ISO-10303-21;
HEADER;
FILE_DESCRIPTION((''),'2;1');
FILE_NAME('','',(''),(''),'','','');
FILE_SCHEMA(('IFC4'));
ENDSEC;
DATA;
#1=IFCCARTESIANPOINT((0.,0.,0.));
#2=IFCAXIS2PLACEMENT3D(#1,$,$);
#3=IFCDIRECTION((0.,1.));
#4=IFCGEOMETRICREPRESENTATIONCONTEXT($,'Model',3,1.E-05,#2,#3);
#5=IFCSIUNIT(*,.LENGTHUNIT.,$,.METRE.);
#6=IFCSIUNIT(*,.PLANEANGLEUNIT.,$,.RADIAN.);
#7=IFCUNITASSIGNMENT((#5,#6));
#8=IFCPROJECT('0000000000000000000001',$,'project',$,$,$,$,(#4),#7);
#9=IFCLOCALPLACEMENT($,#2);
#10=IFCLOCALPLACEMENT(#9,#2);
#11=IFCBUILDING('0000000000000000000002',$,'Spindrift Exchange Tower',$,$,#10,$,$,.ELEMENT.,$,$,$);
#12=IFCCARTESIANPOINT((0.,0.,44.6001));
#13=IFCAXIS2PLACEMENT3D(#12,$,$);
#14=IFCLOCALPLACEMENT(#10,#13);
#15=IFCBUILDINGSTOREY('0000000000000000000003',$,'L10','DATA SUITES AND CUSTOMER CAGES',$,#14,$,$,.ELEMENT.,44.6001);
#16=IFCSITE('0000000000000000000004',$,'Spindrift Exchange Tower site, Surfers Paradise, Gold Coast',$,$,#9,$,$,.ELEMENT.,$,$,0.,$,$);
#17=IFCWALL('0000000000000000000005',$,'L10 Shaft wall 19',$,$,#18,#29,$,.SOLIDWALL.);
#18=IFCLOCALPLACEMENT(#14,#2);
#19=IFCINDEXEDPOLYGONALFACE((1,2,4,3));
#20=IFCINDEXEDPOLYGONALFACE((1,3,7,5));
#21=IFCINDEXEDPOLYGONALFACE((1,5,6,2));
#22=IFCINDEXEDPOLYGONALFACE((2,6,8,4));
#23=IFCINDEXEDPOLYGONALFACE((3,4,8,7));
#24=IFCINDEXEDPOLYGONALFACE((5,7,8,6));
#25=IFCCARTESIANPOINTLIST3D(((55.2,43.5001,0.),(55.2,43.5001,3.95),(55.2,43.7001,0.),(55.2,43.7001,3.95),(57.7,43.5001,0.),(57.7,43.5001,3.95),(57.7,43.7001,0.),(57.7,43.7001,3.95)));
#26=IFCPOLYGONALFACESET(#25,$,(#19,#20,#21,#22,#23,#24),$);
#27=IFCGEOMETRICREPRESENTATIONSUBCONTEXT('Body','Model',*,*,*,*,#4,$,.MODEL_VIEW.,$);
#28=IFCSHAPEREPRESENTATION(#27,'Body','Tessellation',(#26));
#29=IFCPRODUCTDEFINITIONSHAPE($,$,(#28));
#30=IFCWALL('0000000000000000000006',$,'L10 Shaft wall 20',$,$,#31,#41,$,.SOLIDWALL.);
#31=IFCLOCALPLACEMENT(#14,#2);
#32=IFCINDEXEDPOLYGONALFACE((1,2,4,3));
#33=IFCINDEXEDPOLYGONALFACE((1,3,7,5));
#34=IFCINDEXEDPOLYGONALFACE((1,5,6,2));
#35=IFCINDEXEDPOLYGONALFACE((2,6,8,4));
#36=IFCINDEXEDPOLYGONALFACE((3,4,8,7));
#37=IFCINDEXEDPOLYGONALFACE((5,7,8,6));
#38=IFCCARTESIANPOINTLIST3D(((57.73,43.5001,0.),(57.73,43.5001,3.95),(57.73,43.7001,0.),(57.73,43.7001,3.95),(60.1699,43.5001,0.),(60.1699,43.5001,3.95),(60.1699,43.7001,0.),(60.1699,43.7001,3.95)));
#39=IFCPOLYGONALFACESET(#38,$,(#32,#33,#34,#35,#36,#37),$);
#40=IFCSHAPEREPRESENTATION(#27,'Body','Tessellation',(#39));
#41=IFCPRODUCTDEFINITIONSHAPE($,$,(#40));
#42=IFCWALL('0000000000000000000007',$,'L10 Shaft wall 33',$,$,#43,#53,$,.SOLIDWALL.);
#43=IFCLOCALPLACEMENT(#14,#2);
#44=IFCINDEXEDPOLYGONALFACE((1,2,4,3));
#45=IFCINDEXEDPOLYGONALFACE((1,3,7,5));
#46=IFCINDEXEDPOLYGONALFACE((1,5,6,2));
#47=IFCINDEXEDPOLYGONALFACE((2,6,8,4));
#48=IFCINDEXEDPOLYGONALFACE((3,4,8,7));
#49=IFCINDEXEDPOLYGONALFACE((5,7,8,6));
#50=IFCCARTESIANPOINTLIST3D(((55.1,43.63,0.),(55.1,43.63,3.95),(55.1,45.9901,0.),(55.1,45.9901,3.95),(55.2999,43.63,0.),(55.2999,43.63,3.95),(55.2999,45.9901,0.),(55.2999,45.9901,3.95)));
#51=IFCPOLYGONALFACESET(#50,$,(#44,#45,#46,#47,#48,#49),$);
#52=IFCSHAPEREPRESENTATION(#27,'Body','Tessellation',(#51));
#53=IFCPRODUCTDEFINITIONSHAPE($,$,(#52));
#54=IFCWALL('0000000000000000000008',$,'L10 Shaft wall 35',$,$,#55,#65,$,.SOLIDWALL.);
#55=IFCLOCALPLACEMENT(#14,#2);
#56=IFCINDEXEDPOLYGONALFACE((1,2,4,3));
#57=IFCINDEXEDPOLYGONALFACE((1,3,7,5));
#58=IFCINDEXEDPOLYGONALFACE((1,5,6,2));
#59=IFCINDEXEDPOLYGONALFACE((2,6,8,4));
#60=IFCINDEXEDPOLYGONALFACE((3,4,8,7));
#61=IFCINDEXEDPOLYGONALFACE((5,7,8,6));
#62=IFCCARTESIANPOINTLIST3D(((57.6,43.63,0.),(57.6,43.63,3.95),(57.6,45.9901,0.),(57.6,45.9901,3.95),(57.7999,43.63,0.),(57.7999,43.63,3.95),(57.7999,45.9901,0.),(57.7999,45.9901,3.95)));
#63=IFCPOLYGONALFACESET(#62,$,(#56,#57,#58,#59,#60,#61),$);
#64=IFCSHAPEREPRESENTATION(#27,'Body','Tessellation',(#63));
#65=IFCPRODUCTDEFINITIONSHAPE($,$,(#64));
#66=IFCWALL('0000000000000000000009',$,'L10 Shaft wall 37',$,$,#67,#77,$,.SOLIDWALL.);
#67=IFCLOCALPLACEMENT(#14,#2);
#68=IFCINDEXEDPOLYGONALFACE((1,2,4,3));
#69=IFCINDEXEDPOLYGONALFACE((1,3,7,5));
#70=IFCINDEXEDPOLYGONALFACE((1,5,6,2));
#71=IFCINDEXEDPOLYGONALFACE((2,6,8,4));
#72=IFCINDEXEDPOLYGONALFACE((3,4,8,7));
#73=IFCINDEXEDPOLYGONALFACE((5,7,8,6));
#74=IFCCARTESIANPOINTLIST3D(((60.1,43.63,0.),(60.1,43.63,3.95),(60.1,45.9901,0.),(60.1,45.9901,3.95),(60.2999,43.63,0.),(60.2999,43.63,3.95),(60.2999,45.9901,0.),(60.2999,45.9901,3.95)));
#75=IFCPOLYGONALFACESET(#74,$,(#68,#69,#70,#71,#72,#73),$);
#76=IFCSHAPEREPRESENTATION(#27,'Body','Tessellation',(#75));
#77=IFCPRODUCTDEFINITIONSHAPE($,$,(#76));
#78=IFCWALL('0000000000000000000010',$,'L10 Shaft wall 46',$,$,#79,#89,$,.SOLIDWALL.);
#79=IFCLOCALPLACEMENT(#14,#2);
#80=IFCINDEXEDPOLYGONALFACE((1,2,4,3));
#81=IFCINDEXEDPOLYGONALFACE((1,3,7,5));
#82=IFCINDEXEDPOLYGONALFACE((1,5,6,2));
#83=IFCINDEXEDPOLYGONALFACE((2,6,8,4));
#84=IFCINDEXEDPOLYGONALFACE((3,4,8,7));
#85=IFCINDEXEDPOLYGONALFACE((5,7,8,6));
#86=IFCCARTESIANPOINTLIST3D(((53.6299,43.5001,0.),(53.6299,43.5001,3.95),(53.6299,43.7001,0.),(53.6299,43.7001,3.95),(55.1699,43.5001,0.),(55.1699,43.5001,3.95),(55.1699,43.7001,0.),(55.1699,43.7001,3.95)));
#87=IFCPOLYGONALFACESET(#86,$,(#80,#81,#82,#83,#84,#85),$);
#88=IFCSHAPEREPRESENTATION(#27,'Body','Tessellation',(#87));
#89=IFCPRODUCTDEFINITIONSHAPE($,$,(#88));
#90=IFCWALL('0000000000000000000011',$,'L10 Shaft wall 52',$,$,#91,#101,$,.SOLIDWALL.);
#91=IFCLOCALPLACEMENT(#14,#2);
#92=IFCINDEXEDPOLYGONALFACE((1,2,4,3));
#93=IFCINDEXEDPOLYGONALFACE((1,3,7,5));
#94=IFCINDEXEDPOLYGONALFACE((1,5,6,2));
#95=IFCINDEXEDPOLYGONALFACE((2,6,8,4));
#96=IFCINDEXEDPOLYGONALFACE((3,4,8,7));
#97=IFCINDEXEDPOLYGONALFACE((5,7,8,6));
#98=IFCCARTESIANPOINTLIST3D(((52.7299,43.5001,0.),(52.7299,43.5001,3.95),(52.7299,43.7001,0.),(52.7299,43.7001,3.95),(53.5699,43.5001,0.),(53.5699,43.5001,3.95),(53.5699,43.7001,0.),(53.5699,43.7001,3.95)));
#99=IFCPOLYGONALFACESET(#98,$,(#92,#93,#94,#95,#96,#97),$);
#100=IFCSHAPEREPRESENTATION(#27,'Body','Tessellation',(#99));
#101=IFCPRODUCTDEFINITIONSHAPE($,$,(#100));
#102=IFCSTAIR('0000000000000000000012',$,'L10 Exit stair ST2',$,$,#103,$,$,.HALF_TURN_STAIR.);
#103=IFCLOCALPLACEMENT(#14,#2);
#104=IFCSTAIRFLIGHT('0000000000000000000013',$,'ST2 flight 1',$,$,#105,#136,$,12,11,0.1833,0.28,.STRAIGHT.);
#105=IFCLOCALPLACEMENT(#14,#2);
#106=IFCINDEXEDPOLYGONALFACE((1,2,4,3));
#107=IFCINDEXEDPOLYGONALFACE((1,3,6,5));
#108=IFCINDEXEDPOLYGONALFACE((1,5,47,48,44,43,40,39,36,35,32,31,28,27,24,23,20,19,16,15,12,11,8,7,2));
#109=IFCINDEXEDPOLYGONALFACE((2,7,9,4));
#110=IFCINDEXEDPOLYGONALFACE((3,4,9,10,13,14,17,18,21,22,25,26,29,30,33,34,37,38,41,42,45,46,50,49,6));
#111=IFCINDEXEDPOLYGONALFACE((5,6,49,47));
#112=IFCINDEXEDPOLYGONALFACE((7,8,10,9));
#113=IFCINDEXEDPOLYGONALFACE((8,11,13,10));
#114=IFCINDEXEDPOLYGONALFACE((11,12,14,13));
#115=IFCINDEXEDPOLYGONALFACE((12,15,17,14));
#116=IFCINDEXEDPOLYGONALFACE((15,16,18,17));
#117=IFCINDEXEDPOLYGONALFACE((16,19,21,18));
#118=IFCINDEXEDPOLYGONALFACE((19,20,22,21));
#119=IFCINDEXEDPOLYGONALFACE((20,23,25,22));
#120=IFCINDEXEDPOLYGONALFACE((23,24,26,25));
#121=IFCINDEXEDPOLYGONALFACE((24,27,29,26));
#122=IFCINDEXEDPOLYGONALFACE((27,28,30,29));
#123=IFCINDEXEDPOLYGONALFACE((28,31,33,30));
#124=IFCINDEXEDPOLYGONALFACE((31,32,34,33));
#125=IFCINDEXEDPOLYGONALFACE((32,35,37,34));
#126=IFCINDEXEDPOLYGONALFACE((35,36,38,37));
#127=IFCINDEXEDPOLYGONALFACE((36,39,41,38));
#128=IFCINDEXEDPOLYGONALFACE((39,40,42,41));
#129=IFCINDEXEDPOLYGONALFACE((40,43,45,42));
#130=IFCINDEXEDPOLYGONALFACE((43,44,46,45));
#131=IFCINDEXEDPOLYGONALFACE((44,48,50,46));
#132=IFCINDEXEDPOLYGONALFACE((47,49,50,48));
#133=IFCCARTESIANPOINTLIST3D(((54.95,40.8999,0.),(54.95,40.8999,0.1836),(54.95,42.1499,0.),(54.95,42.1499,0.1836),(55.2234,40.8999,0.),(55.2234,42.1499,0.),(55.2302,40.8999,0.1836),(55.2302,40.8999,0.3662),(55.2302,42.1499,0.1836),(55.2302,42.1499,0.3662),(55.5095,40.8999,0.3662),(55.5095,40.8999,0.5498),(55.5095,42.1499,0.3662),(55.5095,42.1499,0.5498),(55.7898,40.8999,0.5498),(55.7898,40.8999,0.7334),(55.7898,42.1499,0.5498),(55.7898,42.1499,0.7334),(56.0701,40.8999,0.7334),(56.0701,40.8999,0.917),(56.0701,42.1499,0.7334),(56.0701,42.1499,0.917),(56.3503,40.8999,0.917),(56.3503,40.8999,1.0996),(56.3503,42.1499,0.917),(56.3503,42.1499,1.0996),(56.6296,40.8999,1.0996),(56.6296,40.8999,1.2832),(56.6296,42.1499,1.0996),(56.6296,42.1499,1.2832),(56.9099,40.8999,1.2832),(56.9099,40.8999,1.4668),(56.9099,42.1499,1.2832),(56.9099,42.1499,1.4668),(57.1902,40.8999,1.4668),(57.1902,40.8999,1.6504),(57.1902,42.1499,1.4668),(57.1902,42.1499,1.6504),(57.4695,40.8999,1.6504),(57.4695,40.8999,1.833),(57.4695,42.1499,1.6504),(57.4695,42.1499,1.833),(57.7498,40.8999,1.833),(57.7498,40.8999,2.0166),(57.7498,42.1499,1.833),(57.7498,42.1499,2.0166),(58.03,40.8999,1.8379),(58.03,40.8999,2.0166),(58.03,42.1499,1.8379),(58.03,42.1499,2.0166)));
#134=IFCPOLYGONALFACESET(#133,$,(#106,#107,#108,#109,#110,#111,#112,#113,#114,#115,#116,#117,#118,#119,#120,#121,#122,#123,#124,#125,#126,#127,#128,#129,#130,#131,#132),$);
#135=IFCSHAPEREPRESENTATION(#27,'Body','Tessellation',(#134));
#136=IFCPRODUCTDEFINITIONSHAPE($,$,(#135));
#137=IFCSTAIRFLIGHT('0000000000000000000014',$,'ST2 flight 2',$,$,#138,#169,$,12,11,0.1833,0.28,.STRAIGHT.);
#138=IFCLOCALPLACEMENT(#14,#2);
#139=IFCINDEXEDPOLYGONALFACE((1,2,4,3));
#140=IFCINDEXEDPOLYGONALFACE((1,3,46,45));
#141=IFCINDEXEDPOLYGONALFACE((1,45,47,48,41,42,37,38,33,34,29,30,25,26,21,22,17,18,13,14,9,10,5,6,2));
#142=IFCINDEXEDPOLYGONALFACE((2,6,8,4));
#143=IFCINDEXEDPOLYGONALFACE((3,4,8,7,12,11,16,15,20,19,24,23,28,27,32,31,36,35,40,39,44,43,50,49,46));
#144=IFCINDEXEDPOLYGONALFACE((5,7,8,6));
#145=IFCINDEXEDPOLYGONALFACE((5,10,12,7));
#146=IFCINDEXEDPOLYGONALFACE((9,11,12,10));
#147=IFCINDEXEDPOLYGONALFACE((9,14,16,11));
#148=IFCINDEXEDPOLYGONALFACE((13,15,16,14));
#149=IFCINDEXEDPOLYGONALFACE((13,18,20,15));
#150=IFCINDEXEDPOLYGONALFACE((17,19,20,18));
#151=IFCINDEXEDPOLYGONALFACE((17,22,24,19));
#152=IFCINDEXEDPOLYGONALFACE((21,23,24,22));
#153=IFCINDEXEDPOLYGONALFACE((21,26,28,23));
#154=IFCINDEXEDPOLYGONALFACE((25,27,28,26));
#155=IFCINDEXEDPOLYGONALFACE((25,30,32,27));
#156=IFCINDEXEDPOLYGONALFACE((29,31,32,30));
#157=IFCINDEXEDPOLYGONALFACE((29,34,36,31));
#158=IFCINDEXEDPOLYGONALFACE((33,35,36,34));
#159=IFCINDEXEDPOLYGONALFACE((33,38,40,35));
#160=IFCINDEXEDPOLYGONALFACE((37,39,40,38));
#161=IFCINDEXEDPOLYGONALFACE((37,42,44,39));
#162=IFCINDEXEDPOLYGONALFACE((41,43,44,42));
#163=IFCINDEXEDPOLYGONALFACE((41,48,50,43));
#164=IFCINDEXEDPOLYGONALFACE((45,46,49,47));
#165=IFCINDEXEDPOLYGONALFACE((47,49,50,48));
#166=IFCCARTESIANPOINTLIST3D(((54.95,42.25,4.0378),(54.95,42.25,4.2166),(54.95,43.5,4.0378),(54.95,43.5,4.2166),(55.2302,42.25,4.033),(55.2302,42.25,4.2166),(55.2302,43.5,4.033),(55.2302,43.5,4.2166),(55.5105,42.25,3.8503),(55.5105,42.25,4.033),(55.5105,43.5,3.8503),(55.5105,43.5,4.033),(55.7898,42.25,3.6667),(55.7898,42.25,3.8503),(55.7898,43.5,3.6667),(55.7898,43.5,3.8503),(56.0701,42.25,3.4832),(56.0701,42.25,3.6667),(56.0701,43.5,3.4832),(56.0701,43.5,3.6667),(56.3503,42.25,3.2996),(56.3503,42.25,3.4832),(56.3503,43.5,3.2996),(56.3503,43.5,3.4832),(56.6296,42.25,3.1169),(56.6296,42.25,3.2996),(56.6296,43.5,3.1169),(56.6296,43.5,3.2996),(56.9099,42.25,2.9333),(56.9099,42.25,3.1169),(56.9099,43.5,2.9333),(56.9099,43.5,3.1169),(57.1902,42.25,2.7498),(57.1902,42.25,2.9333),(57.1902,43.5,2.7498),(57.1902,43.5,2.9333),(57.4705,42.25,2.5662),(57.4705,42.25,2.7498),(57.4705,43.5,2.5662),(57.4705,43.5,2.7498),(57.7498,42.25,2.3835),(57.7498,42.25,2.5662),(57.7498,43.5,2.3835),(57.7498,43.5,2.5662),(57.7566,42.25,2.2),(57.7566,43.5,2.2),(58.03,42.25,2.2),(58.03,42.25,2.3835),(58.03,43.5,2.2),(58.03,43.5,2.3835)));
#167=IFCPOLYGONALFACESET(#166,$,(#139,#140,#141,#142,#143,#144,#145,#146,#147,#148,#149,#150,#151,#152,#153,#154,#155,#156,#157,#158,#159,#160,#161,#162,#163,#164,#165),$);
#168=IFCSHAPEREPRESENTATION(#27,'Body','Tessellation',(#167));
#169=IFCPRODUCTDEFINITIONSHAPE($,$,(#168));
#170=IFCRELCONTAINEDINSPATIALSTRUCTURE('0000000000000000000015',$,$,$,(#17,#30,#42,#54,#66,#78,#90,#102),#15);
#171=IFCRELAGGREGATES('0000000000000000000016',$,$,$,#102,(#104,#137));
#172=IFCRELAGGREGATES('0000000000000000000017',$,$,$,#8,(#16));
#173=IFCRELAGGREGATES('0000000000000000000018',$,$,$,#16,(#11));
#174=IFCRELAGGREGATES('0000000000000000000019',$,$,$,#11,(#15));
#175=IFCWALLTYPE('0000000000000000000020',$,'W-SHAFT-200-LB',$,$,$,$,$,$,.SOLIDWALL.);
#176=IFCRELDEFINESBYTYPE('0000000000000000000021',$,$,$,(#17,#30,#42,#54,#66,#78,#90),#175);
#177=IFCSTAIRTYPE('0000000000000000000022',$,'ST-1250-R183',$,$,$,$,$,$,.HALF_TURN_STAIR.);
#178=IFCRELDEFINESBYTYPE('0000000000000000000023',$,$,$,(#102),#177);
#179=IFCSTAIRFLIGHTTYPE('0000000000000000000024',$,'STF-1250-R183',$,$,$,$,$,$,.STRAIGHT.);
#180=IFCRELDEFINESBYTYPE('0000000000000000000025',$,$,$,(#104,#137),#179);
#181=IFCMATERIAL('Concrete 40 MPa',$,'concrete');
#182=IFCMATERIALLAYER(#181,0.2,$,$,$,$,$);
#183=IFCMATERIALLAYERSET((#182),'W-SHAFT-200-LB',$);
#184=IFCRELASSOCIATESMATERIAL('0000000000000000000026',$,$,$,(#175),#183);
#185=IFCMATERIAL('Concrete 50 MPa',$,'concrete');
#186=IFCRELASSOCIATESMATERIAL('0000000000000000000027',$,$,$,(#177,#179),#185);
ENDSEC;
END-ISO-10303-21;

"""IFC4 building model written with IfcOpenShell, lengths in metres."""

from ifc_helpers import new_model, si_unit, direction, frame, frame_2d, origin, place, context, subcontext, project, spatial, line, indexed_curve, rectangle, outline, extrude, material, layer, layer_set, type_object, element, aggregate, save


model = new_model("IFC4")

# Units and contexts
model_context = context("Model", 3, precision=1e-05, world=origin(), true_north=direction((0.0, 1.0)))
body_context = subcontext(model_context, "Body", "Model", "MODEL_VIEW")
ifc_project = project(units=[si_unit("LENGTHUNIT", "METRE"), si_unit("PLANEANGLEUNIT", "RADIAN")], contexts=[model_context])

# Site, building, storey
site_placement = place(None, origin())
site = spatial("IfcSite", under=ifc_project, at=site_placement, Name="Spindrift Exchange Tower site, Surfers Paradise, Gold Coast", CompositionType="ELEMENT", RefElevation=0.0)
building_placement = place(site_placement, origin())
building = spatial("IfcBuilding", under=site, at=building_placement, Name="Spindrift Exchange Tower", CompositionType="ELEMENT")
storey_placement = place(building_placement, frame((0.0, 0.0, 44.6001)))
storey = spatial("IfcBuildingStorey", under=building, at=storey_placement, Name="L10", Description="DATA SUITES AND CUSTOMER CAGES", CompositionType="ELEMENT", Elevation=44.6001)

# Shared definitions
ifc_material_1 = material(Name="Concrete 40 MPa", Category="concrete")

# Shared definitions
ifc_layer_1 = layer(ifc_material_1, 0.2)
ifc_layer_set_1 = layer_set([ifc_layer_1], Name="W-SHAFT-200-LB")
wall_type_1 = type_object("IfcWallType", Name="W-SHAFT-200-LB", PredefinedType="SOLIDWALL", material=ifc_layer_set_1)

# Walls
wall_1_placement = place(storey_placement, frame((55.2, 43.6001, 0.0), z_axis=(0.0, 0.0, 1.0), x_axis=(1.0, 0.0, 0.0)))
element("IfcWall", 1, at=wall_1_placement, inside=storey, type_object=wall_type_1, Name="L10 Shaft wall 19", PredefinedType="SOLIDWALL", context=body_context, shape_type="SweptSolid", body=[
    extrude(rectangle(XDim=2.5, YDim=0.2, at=frame_2d((1.25, 0.0))), origin(), (0.0, 0.0, 1.0), 3.95),
])
wall_2_placement = place(storey_placement, frame((57.73, 43.6001, 0.0), z_axis=(0.0, 0.0, 1.0), x_axis=(1.0, 0.0, 0.0)))
element("IfcWall", 2, at=wall_2_placement, inside=storey, type_object=wall_type_1, Name="L10 Shaft wall 20", PredefinedType="SOLIDWALL", context=body_context, shape_type="SweptSolid", body=[
    extrude(rectangle(XDim=2.4399, YDim=0.2, at=frame_2d((1.22, 0.0))), origin(), (0.0, 0.0, 1.0), 3.95),
])
for number, where, z_axis, x_axis, name in (
    (3, (55.2, 43.6299, 0.0), (0.0, 0.0, 1.0), (0.0, 1.0, 0.0), "L10 Shaft wall 33"),
    (4, (57.7, 43.6299, 0.0), (0.0, 0.0, 1.0), (0.0, 1.0, 0.0), "L10 Shaft wall 35"),
    (5, (60.2, 43.6299, 0.0), (0.0, 0.0, 1.0), (0.0, 1.0, 0.0), "L10 Shaft wall 37"),
):
    element("IfcWall", number, at=place(storey_placement, frame(where, z_axis=z_axis, x_axis=x_axis)), inside=storey, type_object=wall_type_1, Name=name, PredefinedType="SOLIDWALL", context=body_context, shape_type="SweptSolid", body=[
        extrude(rectangle(XDim=2.3601, YDim=0.2, at=frame_2d((1.1802, 0.0))), origin(), (0.0, 0.0, 1.0), 3.95),
    ])
wall_3_placement = place(storey_placement, frame((53.6299, 43.6001, 0.0), z_axis=(0.0, 0.0, 1.0), x_axis=(1.0, 0.0, 0.0)))
element("IfcWall", 6, at=wall_3_placement, inside=storey, type_object=wall_type_1, Name="L10 Shaft wall 46", PredefinedType="SOLIDWALL", context=body_context, shape_type="SweptSolid", body=[
    extrude(rectangle(XDim=1.54, YDim=0.2, at=frame_2d((0.77, 0.0))), origin(), (0.0, 0.0, 1.0), 3.95),
])
wall_4_placement = place(storey_placement, frame((52.73, 43.6001, 0.0), z_axis=(0.0, 0.0, 1.0), x_axis=(1.0, 0.0, 0.0)))
element("IfcWall", 7, at=wall_4_placement, inside=storey, type_object=wall_type_1, Name="L10 Shaft wall 52", PredefinedType="SOLIDWALL", context=body_context, shape_type="SweptSolid", body=[
    extrude(rectangle(XDim=0.8401, YDim=0.2, at=frame_2d((0.4199, 0.0))), origin(), (0.0, 0.0, 1.0), 3.95),
])

# Stair, stair flights
ifc_material_2 = material(Name="Concrete 50 MPa", Category="concrete")
stair_type = type_object("IfcStairType", Name="ST-1250-R183", PredefinedType="HALF_TURN_STAIR", material=ifc_material_2)
stair_placement = place(storey_placement, origin())
stair = element("IfcStair", 8, at=stair_placement, inside=storey, type_object=stair_type, Name="L10 Exit stair ST2", PredefinedType="HALF_TURN_STAIR")
stair_flight_type = type_object("IfcStairFlightType", Name="STF-1250-R183", PredefinedType="STRAIGHT", material=ifc_material_2)
stair_flight_1_placement = place(storey_placement, frame((54.95, 41.5249, 0.0), z_axis=(0.0, 0.0, 1.0), x_axis=(1.0, 0.0, 0.0)))
stair_flight_1 = element("IfcStairFlight", 9, at=stair_flight_1_placement, type_object=stair_flight_type, Name="ST2 flight 1", NumberOfRisers=12, NumberOfTreads=11, PredefinedType="STRAIGHT", RiserHeight=0.1833, TreadLength=0.28, context=body_context, shape_type="SweptSolid", body=[
    extrude(outline(indexed_curve([(0.0, 0.0), (0.0, 0.1836), (0.2803, 0.1836), (0.2803, 0.3662), (0.5596, 0.3662), (0.5596, 0.5498), (0.8398, 0.5498), (0.8398, 0.7334), (1.1201, 0.7334), (1.1201, 0.917), (1.4004, 0.917), (1.4004, 1.0996), (1.6797, 1.0996), (1.6797, 1.2832), (1.96, 1.2832), (1.96, 1.4668), (2.2402, 1.4668), (2.2402, 1.6504), (2.5195, 1.6504), (2.5195, 1.833), (2.7998, 1.833), (2.7998, 2.0166), (3.0801, 2.0166), (3.0801, 2.2002), (3.0801, 1.8379), (0.2734, 0.0)], segments=[line(1, 2, 3, 4, 5, 6, 7, 8, 9, 10, 11, 12, 13, 14, 15, 16, 17, 18, 19, 20, 21, 22, 23, 24, 25, 26, 1)], self_intersect=False)), frame((0.0, 0.625, 0.0), z_axis=(0.0, -1.0, 0.0), x_axis=(1.0, 0.0, 0.0)), (0.0, 0.0, 1.0), 1.25),
])
stair_flight_2_placement = place(storey_placement, frame((58.03, 42.875, 2.2), z_axis=(0.0, 0.0, 1.0), x_axis=(-1.0, 0.0, 0.0)))
stair_flight_2 = element("IfcStairFlight", 10, at=stair_flight_2_placement, type_object=stair_flight_type, Name="ST2 flight 2", NumberOfRisers=12, NumberOfTreads=11, PredefinedType="STRAIGHT", RiserHeight=0.1833, TreadLength=0.28, context=body_context, shape_type="SweptSolid", body=[
    extrude(outline(indexed_curve([(0.0, 0.0), (0.0, 0.1836), (0.2803, 0.1836), (0.2803, 0.3662), (0.5596, 0.3662), (0.5596, 0.5498), (0.8398, 0.5498), (0.8398, 0.7334), (1.1201, 0.7334), (1.1201, 0.917), (1.4004, 0.917), (1.4004, 1.0996), (1.6797, 1.0996), (1.6797, 1.2832), (1.96, 1.2832), (1.96, 1.4668), (2.2402, 1.4668), (2.2402, 1.6504), (2.5195, 1.6504), (2.5195, 1.833), (2.7998, 1.833), (2.7998, 2.0166), (3.0801, 2.0166), (3.0801, 2.2002), (3.0801, 1.8379), (0.2734, 0.0)], segments=[line(1, 2, 3, 4, 5, 6, 7, 8, 9, 10, 11, 12, 13, 14, 15, 16, 17, 18, 19, 20, 21, 22, 23, 24, 25, 26, 1)], self_intersect=False)), frame((0.0, 0.625, 0.0), z_axis=(0.0, -1.0, 0.0), x_axis=(1.0, 0.0, 0.0)), (0.0, 0.0, 1.0), 1.25),
])
aggregate(stair, [stair_flight_1, stair_flight_2])

save(model, "model.ifc")
